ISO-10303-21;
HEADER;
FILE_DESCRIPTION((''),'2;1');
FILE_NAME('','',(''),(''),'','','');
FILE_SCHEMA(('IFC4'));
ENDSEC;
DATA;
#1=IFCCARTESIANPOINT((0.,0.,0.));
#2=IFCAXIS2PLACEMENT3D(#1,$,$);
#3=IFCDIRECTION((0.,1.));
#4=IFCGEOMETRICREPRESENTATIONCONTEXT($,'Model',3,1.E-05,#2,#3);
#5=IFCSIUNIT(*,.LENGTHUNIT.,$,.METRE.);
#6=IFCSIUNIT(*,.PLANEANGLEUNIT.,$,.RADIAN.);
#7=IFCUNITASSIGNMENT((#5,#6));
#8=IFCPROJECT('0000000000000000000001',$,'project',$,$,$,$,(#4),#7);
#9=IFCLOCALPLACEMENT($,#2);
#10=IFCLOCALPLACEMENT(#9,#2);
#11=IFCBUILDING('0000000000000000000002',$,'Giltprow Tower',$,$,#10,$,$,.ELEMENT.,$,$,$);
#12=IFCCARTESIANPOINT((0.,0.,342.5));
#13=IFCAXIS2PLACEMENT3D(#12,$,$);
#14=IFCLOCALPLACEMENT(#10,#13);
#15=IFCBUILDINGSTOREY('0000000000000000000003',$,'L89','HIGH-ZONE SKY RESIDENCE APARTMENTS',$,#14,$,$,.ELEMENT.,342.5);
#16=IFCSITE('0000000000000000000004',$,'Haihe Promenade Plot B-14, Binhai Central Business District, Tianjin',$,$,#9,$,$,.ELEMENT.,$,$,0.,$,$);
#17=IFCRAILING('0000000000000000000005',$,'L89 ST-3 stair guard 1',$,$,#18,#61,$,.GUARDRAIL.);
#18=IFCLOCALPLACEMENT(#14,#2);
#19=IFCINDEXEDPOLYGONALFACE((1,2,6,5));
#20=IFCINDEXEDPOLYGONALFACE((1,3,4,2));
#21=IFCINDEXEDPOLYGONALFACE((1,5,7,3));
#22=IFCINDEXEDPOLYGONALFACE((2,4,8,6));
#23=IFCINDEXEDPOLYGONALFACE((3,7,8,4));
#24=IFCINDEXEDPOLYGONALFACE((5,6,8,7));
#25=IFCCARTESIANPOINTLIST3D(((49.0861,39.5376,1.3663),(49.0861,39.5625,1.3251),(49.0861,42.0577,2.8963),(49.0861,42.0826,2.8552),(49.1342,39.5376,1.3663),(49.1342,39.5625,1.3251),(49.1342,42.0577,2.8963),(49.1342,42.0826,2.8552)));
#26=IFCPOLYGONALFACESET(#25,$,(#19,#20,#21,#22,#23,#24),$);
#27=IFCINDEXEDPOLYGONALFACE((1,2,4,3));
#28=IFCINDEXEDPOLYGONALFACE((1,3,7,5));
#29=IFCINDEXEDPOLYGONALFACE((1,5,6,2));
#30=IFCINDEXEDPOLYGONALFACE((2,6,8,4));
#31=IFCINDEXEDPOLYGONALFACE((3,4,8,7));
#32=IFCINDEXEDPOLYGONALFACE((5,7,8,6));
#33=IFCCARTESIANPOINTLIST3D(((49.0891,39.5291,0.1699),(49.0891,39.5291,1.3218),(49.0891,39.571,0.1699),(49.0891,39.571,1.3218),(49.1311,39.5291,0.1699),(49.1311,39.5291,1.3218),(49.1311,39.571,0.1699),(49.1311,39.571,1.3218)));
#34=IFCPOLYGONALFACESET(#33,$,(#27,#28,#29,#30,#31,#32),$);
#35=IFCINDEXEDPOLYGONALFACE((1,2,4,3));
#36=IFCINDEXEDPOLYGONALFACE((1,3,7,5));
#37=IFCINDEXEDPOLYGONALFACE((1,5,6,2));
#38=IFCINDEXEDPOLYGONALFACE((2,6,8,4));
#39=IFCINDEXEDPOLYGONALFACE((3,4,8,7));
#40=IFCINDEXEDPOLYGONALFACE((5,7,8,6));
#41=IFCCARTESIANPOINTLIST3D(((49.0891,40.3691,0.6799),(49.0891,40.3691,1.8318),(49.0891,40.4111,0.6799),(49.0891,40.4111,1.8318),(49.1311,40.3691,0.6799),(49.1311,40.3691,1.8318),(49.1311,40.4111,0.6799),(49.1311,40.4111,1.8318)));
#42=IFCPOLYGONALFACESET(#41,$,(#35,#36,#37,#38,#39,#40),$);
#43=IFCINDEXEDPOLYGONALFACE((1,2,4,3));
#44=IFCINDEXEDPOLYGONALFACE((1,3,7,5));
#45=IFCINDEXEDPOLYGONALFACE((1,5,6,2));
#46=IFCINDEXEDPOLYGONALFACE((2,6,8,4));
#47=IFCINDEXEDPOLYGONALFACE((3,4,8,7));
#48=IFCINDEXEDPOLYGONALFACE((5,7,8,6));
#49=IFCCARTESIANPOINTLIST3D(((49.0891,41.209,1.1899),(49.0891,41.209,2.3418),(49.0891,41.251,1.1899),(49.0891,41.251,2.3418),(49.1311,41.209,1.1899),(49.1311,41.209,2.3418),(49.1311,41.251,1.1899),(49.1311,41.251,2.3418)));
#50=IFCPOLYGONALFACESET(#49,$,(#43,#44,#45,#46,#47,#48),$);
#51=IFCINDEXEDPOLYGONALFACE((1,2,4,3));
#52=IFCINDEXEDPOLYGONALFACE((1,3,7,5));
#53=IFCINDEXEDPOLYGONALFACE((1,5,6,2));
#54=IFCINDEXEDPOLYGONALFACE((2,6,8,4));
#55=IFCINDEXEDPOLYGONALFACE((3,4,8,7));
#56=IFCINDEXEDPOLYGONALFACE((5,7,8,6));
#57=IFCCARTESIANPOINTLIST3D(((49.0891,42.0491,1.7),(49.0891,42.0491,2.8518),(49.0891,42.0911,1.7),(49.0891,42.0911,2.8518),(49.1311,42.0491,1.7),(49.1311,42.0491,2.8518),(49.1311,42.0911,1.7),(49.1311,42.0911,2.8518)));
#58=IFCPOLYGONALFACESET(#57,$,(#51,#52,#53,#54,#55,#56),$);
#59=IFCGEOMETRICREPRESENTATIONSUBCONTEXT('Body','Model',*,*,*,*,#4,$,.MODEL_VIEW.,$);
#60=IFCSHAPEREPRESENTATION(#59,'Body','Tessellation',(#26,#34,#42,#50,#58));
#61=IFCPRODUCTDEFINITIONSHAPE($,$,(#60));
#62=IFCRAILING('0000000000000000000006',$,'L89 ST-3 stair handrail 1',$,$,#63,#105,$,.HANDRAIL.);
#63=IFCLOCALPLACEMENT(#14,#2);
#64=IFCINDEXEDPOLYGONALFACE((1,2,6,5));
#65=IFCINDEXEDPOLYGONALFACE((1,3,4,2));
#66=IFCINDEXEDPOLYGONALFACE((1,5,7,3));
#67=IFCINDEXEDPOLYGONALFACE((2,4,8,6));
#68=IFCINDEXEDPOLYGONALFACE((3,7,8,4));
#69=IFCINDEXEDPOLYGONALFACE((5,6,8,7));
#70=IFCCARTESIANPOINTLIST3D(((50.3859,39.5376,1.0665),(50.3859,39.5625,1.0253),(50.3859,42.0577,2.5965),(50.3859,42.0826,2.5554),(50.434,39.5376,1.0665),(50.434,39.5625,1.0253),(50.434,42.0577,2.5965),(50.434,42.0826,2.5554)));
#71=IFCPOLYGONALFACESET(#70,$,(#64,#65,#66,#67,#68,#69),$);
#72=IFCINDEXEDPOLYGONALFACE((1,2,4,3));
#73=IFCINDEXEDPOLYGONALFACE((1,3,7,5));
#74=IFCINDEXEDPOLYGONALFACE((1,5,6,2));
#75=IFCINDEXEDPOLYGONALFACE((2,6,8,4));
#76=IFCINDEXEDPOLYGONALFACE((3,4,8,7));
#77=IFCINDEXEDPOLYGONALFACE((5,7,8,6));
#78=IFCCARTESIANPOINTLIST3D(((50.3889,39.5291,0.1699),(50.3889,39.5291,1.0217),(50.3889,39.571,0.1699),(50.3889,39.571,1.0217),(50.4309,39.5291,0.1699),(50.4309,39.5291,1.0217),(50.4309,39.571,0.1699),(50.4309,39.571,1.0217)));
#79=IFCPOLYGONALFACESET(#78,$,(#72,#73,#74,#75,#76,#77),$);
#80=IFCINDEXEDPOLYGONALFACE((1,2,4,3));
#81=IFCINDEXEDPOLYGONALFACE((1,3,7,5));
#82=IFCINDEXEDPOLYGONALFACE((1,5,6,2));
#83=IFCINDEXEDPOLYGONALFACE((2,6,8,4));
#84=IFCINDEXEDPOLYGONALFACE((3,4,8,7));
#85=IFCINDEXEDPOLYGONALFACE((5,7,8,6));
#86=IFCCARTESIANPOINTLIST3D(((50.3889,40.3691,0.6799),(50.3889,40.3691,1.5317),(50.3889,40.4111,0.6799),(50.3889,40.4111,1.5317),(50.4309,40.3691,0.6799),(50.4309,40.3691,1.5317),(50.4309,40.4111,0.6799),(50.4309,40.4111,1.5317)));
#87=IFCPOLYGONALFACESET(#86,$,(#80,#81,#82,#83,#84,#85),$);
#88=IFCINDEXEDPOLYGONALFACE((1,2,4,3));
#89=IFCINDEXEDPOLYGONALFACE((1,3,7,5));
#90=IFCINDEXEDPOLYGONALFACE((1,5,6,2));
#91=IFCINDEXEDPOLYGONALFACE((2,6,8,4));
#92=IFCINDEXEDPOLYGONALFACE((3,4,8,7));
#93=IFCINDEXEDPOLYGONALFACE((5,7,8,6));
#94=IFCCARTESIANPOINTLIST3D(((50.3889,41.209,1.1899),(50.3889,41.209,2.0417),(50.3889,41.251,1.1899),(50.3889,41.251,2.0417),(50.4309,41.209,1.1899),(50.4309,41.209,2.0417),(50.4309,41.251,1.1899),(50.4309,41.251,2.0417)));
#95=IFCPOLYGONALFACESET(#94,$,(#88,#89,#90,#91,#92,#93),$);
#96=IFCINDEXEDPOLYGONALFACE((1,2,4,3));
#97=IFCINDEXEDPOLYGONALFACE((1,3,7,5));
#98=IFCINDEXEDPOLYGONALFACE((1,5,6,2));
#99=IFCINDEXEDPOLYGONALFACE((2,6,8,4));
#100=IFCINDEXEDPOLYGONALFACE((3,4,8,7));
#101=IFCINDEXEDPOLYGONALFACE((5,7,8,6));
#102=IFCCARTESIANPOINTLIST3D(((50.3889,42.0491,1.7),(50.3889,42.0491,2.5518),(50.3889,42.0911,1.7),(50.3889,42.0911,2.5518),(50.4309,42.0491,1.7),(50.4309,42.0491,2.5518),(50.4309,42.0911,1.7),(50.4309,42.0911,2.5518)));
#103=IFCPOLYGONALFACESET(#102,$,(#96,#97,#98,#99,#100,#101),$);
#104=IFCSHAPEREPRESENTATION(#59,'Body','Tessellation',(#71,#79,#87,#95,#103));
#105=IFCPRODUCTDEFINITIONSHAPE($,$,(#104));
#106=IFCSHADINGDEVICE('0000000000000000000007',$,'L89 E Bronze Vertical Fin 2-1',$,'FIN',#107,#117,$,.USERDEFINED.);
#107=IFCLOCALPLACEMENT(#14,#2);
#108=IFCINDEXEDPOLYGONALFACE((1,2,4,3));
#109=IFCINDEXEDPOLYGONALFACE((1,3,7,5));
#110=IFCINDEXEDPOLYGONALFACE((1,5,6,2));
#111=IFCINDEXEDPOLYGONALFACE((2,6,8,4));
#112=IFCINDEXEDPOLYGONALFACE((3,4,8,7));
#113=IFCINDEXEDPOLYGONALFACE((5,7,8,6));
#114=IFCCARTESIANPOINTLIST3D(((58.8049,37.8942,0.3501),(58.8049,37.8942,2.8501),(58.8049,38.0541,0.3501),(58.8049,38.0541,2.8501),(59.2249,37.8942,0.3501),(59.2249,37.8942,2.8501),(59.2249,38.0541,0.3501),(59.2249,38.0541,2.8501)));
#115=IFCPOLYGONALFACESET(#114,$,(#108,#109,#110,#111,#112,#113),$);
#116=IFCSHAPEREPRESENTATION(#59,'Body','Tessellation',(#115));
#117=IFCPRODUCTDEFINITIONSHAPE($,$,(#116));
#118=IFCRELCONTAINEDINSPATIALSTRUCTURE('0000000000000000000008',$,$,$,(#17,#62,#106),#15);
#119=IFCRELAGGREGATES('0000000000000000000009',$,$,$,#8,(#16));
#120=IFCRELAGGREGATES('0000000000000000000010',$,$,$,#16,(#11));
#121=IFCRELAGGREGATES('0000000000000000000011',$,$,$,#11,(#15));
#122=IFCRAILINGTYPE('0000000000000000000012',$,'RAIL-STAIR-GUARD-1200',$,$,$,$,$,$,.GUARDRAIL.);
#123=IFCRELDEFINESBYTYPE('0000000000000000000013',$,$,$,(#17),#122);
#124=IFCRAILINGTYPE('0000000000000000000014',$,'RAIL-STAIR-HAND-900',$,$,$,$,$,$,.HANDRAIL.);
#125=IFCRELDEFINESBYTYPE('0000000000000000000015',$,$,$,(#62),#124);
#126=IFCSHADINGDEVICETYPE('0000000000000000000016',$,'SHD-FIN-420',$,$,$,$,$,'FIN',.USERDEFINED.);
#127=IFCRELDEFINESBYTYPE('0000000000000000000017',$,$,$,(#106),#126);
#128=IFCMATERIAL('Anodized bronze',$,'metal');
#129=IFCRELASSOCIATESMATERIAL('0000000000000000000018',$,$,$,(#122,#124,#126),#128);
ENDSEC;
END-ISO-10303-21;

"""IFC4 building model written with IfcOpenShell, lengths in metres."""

from ifc_helpers import new_model, si_unit, direction, frame, origin, origin_2d, place, context, subcontext, project, spatial, rectangle, extrude, source, transform, mapped, material, type_object, element, save


model = new_model("IFC4")

# Units and contexts
model_context = context("Model", 3, precision=1e-05, world=origin(), true_north=direction((0.0, 1.0)))
body_context = subcontext(model_context, "Body", "Model", "MODEL_VIEW")
ifc_project = project(units=[si_unit("LENGTHUNIT", "METRE"), si_unit("PLANEANGLEUNIT", "RADIAN")], contexts=[model_context])

# Site, building, storey
site_placement = place(None, origin())
site = spatial("IfcSite", under=ifc_project, at=site_placement, Name="Haihe Promenade Plot B-14, Binhai Central Business District, Tianjin", CompositionType="ELEMENT", RefElevation=0.0)
building_placement = place(site_placement, origin())
building = spatial("IfcBuilding", under=site, at=building_placement, Name="Giltprow Tower", CompositionType="ELEMENT")
storey_placement = place(building_placement, frame((0.0, 0.0, 342.5)))
storey = spatial("IfcBuildingStorey", under=building, at=storey_placement, Name="L89", Description="HIGH-ZONE SKY RESIDENCE APARTMENTS", CompositionType="ELEMENT", Elevation=342.5)

# Railings
ifc_material_1 = material(Name="Anodized bronze", Category="metal")
railing_type_1 = type_object("IfcRailingType", Name="RAIL-STAIR-GUARD-1200", PredefinedType="GUARDRAIL", material=ifc_material_1)
railing_1_placement = place(storey_placement, frame((49.1101, 39.55, 0.1699)))
element("IfcRailing", 1, at=railing_1_placement, inside=storey, type_object=railing_type_1, Name="L89 ST-3 stair guard 1", PredefinedType="GUARDRAIL", context=body_context, shape_type="SweptSolid", body=[
    extrude(rectangle(XDim=0.0481, YDim=0.0481, at=origin_2d()), frame((0.0, 0.0, 1.1758), z_axis=(0.0, 0.854785, 0.518982), x_axis=(-1.0, 0.0, 0.0)), (0.0, 0.0, 1.0), 2.9482),
    extrude(rectangle(XDim=0.042, YDim=0.042, at=origin_2d()), origin(), (0.0, 0.0, 1.0), 1.1519),
    extrude(rectangle(XDim=0.042, YDim=0.042, at=origin_2d()), frame((0.0, 0.8401, 0.51)), (0.0, 0.0, 1.0), 1.1519),
    extrude(rectangle(XDim=0.042, YDim=0.042, at=origin_2d()), frame((0.0, 1.6799, 1.02)), (0.0, 0.0, 1.0), 1.1519),
    extrude(rectangle(XDim=0.042, YDim=0.042, at=origin_2d()), frame((0.0, 2.52, 1.53)), (0.0, 0.0, 1.0), 1.1519),
])
railing_type_2 = type_object("IfcRailingType", Name="RAIL-STAIR-HAND-900", PredefinedType="HANDRAIL", material=ifc_material_1)
railing_2_placement = place(storey_placement, frame((50.4099, 39.55, 0.1699)))
element("IfcRailing", 2, at=railing_2_placement, inside=storey, type_object=railing_type_2, Name="L89 ST-3 stair handrail 1", PredefinedType="HANDRAIL", context=body_context, shape_type="SweptSolid", body=[
    extrude(rectangle(XDim=0.0481, YDim=0.0481, at=origin_2d()), frame((0.0, 0.0, 0.876), z_axis=(0.0, 0.854785, 0.518982), x_axis=(-1.0, 0.0, 0.0)), (0.0, 0.0, 1.0), 2.9482),
    extrude(rectangle(XDim=0.042, YDim=0.042, at=origin_2d()), origin(), (0.0, 0.0, 1.0), 0.8518),
    extrude(rectangle(XDim=0.042, YDim=0.042, at=origin_2d()), frame((0.0, 0.8401, 0.51)), (0.0, 0.0, 1.0), 0.8518),
    extrude(rectangle(XDim=0.042, YDim=0.042, at=origin_2d()), frame((0.0, 1.6799, 1.02)), (0.0, 0.0, 1.0), 0.8518),
    extrude(rectangle(XDim=0.042, YDim=0.042, at=origin_2d()), frame((0.0, 2.52, 1.53)), (0.0, 0.0, 1.0), 0.8518),
])

# Shading device
shading_device_type = type_object("IfcShadingDeviceType", Name="SHD-FIN-420", ElementType="FIN", PredefinedType="USERDEFINED", material=ifc_material_1)
shared_shape_1 = source(origin(), body_context, "Body", "SweptSolid", [
    extrude(rectangle(XDim=0.4199, YDim=0.1599, at=origin_2d()), origin(), (0.0, 0.0, 1.0), 2.5),
])
shading_device_placement = place(storey_placement, frame((59.0149, 37.9741, 0.3501), z_axis=(0.0, 0.0, 1.0), x_axis=(1.0, 0.0, 0.0)))
element("IfcShadingDevice", 3, at=shading_device_placement, inside=storey, type_object=shading_device_type, Name="L89 E Bronze Vertical Fin 2-1", ObjectType="FIN", PredefinedType="USERDEFINED", context=body_context, shape_type="MappedRepresentation", body=[
    mapped(shared_shape_1, transform((0.0, 0.0, 0.0), x_axis=(1.0, 0.0, 0.0), y_axis=(0.0, 1.0, 0.0), z_axis=(0.0, 0.0, 1.0), scale=1.0)),
])

save(model, "model.ifc")
